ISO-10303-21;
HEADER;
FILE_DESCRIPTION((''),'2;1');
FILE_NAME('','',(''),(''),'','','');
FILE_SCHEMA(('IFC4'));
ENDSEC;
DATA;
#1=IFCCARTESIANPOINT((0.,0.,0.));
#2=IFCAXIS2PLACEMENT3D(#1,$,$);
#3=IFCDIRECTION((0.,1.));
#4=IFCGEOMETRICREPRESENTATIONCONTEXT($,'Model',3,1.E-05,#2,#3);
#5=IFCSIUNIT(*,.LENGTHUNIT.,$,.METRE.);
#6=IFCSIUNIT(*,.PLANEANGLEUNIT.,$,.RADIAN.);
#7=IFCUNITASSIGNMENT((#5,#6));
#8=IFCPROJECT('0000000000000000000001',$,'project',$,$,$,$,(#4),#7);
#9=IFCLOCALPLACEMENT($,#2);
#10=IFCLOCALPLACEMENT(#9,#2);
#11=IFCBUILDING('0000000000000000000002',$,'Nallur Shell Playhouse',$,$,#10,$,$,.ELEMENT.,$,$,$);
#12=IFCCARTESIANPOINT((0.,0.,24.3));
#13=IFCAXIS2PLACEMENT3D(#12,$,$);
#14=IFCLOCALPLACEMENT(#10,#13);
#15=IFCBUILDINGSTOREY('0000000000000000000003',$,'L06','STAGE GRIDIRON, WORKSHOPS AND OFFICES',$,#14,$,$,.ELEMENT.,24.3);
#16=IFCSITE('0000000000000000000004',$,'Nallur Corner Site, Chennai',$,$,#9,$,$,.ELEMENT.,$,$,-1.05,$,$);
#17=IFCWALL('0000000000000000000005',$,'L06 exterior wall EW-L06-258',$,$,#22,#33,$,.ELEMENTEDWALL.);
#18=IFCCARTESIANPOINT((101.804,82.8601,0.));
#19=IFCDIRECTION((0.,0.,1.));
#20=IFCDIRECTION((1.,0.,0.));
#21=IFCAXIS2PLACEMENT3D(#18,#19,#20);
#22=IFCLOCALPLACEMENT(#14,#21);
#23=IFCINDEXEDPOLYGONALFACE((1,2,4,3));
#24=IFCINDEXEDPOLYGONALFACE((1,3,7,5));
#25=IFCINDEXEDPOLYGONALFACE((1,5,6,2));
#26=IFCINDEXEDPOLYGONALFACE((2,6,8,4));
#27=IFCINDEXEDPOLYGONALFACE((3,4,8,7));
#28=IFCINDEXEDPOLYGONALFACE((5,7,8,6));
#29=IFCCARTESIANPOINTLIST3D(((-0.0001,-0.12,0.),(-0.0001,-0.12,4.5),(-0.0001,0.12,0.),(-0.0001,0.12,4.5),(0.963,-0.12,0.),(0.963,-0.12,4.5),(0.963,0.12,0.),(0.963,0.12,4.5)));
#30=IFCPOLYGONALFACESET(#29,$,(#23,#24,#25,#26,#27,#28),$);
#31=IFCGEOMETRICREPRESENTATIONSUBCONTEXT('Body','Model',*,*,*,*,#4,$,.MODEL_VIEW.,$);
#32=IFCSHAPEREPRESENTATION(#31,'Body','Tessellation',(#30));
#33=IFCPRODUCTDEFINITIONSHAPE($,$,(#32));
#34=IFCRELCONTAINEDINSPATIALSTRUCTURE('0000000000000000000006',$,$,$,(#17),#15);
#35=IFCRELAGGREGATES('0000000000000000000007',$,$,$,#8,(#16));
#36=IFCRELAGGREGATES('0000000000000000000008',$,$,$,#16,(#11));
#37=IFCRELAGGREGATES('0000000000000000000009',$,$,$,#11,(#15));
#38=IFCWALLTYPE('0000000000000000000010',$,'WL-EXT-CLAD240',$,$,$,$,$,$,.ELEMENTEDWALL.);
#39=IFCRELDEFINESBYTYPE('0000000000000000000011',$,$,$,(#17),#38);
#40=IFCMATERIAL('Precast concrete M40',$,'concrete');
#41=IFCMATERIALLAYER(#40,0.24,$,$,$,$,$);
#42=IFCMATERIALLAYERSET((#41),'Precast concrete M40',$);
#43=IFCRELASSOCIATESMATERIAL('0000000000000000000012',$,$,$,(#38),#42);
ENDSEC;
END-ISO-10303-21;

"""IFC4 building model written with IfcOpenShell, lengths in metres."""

from ifc_helpers import new_model, si_unit, direction, frame, frame_2d, origin, place, context, subcontext, project, spatial, rectangle, extrude, material, layer, layer_set, type_object, element, save


model = new_model("IFC4")

# Units and contexts
model_context = context("Model", 3, precision=1e-05, world=origin(), true_north=direction((0.0, 1.0)))
body_context = subcontext(model_context, "Body", "Model", "MODEL_VIEW")
ifc_project = project(units=[si_unit("LENGTHUNIT", "METRE"), si_unit("PLANEANGLEUNIT", "RADIAN")], contexts=[model_context])

# Site, building, storey
site_placement = place(None, origin())
site = spatial("IfcSite", under=ifc_project, at=site_placement, Name="Nallur Corner Site, Chennai", CompositionType="ELEMENT", RefElevation=-1.05)
building_placement = place(site_placement, origin())
building = spatial("IfcBuilding", under=site, at=building_placement, Name="Nallur Shell Playhouse", CompositionType="ELEMENT")
storey_placement = place(building_placement, frame((0.0, 0.0, 24.3)))
storey = spatial("IfcBuildingStorey", under=building, at=storey_placement, Name="L06", Description="STAGE GRIDIRON, WORKSHOPS AND OFFICES", CompositionType="ELEMENT", Elevation=24.3)

# Wall
ifc_material_1 = material(Name="Precast concrete M40", Category="concrete")
ifc_layer_1 = layer(ifc_material_1, 0.24)
ifc_layer_set_1 = layer_set([ifc_layer_1], Name="Precast concrete M40")
wall_type_1 = type_object("IfcWallType", Name="WL-EXT-CLAD240", PredefinedType="ELEMENTEDWALL", material=ifc_layer_set_1)
wall_1_placement = place(storey_placement, frame((101.804, 82.8601, 0.0), z_axis=(0.0, 0.0, 1.0), x_axis=(1.0, 0.0, 0.0)))
element("IfcWall", 1, at=wall_1_placement, inside=storey, type_object=wall_type_1, Name="L06 exterior wall EW-L06-258", PredefinedType="ELEMENTEDWALL", context=body_context, shape_type="SweptSolid", body=[
    extrude(rectangle(XDim=0.9631, YDim=0.24, at=frame_2d((0.4814, 0.0))), origin(), (0.0, 0.0, 1.0), 4.5),
])

save(model, "model.ifc")
